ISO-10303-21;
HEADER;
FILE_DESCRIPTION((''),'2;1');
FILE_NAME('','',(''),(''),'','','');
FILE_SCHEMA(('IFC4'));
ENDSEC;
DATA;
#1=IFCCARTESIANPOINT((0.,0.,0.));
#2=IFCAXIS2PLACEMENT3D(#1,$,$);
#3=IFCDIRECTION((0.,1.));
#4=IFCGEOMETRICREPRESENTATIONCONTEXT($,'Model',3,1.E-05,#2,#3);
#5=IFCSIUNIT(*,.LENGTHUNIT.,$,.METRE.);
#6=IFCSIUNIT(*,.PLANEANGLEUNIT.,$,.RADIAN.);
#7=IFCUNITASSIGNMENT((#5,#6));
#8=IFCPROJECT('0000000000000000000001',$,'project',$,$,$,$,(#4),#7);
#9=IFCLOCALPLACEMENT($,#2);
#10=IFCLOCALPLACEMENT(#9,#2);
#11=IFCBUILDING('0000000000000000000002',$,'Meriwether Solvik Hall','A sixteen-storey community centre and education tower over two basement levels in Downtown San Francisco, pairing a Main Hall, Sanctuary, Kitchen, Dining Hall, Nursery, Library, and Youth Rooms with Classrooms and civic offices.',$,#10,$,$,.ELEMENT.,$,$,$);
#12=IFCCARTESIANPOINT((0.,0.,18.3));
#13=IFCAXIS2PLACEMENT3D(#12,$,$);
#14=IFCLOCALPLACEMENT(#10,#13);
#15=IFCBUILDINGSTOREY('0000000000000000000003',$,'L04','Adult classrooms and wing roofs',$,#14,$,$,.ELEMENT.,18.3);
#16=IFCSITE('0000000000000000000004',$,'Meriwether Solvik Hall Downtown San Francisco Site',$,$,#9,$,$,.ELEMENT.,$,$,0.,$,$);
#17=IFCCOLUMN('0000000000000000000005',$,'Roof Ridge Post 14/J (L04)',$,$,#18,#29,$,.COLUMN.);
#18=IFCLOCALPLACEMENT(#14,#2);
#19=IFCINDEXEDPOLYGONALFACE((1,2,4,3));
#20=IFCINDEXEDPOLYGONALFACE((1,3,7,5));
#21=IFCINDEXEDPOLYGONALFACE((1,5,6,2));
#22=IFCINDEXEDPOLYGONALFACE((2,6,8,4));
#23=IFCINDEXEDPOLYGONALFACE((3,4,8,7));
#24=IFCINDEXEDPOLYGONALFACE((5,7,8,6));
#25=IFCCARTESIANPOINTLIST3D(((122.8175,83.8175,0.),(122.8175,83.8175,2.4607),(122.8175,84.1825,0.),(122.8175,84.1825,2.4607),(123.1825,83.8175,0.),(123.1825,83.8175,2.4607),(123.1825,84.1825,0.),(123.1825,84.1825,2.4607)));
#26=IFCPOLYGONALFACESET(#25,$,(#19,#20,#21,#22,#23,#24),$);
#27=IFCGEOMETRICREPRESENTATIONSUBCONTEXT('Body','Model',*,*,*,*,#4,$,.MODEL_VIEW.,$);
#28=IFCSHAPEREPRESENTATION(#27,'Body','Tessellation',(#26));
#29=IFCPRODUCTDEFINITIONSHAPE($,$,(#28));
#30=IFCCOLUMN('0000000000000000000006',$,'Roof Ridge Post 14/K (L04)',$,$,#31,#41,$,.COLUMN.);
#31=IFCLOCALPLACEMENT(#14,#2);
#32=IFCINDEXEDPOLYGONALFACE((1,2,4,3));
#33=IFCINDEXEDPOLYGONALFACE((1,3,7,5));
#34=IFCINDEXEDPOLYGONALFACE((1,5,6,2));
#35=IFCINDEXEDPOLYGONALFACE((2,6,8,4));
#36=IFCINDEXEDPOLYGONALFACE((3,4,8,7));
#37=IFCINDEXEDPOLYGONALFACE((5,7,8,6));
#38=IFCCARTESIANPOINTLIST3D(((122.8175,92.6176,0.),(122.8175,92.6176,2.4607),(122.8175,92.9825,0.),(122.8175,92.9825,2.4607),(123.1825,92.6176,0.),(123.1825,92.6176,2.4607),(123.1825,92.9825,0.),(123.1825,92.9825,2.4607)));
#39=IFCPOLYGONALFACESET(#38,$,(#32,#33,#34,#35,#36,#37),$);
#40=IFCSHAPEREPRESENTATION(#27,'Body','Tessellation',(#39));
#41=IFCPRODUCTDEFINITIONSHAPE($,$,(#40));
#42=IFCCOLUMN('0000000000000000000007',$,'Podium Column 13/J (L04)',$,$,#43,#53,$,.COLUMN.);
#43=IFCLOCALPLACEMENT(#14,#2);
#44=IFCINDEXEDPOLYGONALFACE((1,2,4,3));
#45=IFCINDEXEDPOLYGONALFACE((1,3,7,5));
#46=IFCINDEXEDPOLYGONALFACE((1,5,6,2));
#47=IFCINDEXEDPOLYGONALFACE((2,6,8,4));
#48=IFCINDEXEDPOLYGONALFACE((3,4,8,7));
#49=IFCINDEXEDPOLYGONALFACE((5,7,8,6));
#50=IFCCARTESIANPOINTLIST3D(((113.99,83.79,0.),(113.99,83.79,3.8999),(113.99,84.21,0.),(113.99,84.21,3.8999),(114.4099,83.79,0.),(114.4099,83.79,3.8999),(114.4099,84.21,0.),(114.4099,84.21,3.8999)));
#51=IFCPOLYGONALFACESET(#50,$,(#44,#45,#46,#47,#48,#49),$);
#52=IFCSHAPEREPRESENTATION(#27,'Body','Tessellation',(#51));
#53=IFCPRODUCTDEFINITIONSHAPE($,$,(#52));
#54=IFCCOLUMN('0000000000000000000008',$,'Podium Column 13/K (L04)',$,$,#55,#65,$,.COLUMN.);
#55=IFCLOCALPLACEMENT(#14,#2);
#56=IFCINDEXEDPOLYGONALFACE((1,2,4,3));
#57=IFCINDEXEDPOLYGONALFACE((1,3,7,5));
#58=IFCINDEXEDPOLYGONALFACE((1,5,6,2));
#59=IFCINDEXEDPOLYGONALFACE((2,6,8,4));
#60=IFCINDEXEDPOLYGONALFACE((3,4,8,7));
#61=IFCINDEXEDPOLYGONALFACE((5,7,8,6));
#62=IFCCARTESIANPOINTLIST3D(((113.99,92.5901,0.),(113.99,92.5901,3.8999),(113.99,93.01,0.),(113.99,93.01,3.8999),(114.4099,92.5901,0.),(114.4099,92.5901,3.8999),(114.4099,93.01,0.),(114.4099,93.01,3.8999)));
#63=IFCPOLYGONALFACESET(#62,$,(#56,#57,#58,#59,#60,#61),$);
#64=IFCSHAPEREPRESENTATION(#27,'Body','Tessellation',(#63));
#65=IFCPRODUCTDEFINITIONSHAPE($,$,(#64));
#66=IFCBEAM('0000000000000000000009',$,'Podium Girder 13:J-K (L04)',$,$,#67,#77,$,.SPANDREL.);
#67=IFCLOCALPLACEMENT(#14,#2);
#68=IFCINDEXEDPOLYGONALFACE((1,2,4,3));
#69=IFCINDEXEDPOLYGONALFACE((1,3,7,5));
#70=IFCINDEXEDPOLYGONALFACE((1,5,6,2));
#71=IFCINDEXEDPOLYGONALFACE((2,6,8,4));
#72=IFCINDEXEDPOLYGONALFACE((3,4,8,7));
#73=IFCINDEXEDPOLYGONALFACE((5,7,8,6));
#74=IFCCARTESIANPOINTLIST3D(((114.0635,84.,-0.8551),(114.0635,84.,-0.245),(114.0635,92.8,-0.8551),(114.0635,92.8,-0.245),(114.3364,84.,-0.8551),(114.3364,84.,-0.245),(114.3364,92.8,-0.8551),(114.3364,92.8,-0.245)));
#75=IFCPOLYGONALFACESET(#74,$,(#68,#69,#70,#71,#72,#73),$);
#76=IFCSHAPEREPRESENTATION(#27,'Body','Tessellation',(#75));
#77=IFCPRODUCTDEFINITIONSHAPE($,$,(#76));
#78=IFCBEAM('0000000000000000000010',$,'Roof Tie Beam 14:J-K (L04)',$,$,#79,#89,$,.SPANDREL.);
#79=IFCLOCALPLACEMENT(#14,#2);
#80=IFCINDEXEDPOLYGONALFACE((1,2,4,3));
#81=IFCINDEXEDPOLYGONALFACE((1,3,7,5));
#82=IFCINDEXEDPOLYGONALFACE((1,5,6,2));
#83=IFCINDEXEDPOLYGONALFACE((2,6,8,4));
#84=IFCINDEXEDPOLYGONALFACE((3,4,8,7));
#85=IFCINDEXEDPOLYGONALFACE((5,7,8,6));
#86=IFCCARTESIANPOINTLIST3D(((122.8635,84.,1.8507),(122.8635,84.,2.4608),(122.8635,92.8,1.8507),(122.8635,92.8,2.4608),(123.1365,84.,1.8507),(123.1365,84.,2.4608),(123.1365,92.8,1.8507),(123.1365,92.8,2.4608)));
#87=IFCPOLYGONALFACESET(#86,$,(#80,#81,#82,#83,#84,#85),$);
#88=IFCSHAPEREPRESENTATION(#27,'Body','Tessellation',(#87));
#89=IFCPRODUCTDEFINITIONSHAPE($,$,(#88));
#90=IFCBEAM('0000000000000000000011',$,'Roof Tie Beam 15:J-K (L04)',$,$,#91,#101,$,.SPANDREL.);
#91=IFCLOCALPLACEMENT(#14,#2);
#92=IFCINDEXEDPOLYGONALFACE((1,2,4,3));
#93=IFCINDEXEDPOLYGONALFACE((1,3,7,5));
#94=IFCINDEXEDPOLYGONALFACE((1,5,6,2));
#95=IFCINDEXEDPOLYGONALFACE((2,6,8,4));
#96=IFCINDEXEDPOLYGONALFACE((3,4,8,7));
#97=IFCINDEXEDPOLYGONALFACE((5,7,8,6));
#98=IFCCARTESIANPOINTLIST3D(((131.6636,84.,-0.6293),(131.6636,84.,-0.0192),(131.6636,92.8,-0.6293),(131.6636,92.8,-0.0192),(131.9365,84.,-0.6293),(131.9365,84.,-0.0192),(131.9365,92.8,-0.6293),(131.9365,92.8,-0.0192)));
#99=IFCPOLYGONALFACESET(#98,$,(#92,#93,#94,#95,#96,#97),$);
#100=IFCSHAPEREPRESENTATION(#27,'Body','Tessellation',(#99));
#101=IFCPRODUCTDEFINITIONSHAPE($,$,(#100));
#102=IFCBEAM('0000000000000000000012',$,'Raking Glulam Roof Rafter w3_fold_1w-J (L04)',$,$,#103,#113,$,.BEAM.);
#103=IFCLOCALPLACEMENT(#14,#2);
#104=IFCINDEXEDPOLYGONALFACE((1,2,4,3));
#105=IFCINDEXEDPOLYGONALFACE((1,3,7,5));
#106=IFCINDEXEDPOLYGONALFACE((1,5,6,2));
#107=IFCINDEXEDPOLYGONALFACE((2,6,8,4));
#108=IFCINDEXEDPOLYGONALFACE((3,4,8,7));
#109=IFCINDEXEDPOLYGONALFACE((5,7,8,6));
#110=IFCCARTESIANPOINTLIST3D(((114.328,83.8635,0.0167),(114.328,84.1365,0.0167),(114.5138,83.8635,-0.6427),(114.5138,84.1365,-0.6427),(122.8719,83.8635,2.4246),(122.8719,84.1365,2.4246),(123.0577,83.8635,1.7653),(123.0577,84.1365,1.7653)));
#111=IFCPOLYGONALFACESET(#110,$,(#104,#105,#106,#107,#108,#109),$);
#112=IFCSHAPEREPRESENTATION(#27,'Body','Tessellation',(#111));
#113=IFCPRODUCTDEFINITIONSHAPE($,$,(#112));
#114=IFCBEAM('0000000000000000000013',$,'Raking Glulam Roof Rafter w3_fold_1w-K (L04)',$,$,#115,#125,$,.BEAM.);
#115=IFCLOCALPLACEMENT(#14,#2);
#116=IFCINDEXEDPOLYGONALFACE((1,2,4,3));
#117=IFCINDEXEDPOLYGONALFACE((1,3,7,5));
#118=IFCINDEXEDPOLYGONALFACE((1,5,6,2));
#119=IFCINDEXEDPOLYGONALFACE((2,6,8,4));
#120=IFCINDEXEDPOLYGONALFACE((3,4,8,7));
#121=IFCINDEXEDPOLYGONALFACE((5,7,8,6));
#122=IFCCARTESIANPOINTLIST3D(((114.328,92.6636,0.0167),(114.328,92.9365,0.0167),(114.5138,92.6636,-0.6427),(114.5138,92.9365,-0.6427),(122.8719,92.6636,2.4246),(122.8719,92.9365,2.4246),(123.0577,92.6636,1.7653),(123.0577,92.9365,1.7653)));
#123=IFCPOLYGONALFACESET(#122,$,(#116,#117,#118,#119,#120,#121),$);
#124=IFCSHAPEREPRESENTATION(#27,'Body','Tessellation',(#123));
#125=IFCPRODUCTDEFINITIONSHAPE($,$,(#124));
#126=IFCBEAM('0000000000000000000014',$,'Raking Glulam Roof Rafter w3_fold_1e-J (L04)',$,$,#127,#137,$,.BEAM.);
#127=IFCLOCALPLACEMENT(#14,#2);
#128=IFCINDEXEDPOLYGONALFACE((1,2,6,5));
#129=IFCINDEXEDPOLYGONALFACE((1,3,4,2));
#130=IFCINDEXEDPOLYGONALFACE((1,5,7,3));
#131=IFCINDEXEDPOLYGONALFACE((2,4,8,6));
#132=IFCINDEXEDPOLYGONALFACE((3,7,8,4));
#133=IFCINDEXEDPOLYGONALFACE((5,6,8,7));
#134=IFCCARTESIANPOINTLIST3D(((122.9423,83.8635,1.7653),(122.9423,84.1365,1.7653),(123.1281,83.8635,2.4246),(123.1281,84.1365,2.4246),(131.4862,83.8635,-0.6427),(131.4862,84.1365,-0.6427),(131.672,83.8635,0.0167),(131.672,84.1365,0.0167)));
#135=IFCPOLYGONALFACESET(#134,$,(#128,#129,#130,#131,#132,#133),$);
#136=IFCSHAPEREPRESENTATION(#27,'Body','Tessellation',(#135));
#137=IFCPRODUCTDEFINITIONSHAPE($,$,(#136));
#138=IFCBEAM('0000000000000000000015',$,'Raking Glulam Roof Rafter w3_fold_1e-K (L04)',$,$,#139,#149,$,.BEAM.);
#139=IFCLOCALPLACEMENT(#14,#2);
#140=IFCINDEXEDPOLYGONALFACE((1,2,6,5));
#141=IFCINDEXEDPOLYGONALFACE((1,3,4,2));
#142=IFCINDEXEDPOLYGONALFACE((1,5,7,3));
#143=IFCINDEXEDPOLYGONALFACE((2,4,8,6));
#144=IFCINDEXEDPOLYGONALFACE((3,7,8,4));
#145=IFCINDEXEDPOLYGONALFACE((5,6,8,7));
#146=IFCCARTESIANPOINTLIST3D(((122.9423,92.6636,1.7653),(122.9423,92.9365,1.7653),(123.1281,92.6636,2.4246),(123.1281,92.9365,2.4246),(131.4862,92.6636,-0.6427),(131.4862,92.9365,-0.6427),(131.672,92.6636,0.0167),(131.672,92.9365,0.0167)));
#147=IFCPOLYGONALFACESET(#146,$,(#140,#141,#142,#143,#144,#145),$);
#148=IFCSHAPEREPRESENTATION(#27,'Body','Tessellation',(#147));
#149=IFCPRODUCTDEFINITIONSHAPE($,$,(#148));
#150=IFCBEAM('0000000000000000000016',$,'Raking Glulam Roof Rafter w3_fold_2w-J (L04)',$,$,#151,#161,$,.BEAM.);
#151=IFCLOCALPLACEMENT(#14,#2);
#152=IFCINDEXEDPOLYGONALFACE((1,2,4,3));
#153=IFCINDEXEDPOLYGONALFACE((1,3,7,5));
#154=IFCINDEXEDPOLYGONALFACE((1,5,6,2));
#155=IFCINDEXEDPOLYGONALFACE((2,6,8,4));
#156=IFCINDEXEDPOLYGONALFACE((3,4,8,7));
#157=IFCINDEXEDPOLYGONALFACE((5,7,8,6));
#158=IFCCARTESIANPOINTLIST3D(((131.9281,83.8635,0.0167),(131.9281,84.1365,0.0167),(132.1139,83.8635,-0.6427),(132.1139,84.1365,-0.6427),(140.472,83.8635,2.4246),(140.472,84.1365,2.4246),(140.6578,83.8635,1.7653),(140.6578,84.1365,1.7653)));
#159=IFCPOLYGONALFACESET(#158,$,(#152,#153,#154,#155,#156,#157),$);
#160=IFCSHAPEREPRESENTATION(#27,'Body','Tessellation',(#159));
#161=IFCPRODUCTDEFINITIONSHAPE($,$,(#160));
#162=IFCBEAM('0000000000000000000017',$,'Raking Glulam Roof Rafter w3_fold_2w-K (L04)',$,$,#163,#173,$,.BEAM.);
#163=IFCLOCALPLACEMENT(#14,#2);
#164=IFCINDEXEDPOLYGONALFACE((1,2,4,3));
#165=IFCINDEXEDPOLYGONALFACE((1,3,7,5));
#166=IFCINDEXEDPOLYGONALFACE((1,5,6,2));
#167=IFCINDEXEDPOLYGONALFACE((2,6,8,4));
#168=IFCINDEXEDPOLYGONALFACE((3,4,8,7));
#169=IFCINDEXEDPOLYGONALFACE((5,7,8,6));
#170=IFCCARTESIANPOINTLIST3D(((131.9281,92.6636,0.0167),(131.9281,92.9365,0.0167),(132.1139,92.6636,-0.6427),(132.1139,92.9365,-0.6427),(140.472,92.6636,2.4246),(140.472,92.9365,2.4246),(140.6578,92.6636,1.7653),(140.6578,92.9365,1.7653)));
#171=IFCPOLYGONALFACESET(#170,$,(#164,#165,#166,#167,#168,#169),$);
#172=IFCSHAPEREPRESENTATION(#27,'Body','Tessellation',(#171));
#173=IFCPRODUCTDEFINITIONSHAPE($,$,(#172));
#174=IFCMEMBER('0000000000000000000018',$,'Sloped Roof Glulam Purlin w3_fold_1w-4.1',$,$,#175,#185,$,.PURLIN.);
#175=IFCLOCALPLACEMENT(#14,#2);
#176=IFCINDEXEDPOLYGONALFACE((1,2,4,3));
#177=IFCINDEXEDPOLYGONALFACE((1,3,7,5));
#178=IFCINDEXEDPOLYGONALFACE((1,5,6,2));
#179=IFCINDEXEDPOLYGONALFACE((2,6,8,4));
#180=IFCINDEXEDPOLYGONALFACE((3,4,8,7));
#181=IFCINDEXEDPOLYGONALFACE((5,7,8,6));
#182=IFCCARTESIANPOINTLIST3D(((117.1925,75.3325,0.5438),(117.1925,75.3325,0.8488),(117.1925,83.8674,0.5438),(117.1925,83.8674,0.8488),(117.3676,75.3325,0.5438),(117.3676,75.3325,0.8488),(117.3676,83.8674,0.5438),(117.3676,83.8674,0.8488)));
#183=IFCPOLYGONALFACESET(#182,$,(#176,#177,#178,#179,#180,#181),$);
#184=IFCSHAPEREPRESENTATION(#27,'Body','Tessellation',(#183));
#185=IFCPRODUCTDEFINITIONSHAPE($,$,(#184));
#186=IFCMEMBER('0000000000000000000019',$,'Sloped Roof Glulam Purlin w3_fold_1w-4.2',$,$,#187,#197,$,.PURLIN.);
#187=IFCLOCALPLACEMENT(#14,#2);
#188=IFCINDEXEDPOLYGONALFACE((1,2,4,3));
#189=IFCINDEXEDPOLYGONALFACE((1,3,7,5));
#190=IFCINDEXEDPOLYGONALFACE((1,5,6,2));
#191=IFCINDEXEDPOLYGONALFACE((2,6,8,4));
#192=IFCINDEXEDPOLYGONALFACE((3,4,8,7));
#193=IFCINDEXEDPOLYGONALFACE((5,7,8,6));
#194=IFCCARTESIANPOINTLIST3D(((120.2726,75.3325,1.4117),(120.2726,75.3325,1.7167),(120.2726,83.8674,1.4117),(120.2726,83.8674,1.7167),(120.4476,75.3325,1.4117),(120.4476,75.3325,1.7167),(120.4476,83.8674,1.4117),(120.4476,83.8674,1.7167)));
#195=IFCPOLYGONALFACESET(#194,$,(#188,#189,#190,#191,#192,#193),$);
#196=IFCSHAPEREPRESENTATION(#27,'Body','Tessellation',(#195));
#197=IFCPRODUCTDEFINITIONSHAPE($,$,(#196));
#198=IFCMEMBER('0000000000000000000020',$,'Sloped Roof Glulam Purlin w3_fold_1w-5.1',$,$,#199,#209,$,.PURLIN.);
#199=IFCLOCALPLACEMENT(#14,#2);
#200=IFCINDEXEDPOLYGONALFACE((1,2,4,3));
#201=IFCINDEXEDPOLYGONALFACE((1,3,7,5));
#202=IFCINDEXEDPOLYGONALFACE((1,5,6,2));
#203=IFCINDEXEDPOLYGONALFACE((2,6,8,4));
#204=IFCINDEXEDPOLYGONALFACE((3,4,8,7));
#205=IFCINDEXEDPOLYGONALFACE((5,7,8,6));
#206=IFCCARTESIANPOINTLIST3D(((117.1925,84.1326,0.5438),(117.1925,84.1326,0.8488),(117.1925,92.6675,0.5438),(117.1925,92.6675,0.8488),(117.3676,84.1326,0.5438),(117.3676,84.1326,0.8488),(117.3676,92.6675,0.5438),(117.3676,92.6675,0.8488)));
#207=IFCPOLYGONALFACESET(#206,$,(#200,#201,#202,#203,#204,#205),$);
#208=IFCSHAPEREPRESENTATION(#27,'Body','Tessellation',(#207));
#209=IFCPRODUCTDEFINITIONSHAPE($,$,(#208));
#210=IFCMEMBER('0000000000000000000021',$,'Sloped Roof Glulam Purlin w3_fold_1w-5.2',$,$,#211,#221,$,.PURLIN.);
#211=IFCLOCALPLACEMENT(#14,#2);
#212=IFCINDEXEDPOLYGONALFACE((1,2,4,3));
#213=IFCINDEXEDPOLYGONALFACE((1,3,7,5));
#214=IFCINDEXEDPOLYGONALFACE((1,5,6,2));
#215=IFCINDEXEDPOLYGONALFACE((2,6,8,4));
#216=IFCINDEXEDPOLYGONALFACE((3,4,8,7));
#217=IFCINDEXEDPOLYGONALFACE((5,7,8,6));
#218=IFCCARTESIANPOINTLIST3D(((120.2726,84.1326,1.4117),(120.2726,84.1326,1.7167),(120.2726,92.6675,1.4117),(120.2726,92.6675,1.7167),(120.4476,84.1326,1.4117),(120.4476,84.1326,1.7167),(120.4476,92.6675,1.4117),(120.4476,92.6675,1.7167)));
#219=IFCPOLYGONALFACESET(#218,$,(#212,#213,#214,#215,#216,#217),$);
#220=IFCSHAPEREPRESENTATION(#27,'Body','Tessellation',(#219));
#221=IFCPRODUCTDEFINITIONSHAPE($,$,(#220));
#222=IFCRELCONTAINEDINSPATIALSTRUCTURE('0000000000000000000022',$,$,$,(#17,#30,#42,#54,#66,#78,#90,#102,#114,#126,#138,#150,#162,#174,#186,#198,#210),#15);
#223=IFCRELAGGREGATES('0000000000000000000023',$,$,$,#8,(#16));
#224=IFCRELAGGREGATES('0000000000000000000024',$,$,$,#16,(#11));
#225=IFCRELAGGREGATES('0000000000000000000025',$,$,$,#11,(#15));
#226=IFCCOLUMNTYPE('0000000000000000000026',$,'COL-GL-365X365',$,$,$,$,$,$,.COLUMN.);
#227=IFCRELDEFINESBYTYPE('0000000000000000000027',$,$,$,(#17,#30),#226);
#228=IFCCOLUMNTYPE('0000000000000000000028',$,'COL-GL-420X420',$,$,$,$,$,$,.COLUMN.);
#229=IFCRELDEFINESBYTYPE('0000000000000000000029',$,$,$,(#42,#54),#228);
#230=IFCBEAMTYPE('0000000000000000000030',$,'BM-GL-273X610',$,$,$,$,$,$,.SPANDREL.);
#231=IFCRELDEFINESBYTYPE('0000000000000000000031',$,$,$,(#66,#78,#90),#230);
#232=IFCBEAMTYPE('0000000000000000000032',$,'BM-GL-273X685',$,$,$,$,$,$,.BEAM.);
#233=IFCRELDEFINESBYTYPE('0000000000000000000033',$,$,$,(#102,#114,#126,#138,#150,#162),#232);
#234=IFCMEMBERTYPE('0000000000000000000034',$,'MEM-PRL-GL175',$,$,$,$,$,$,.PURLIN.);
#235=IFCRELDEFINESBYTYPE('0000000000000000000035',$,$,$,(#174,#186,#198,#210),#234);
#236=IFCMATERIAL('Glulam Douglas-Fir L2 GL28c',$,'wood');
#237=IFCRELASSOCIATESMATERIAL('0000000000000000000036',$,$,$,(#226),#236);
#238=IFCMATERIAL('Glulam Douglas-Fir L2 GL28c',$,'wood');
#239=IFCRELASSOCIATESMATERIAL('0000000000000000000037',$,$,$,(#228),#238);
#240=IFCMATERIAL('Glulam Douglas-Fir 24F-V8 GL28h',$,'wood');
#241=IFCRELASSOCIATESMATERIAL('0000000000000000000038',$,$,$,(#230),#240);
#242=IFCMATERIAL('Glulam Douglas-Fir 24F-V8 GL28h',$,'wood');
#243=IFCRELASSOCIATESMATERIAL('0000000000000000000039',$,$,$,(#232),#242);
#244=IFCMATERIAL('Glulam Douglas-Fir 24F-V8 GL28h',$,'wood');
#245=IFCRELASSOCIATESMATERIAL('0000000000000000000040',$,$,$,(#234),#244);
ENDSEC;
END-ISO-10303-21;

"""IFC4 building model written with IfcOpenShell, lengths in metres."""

from ifc_helpers import new_model, si_unit, direction, frame, origin, origin_2d, place, context, subcontext, project, spatial, rectangle, extrude, material, material_profile, profile_set, type_object, element, save


model = new_model("IFC4")

# Units and contexts
model_context = context("Model", 3, precision=1e-05, world=origin(), true_north=direction((0.0, 1.0)))
body_context = subcontext(model_context, "Body", "Model", "MODEL_VIEW")
ifc_project = project(units=[si_unit("LENGTHUNIT", "METRE"), si_unit("PLANEANGLEUNIT", "RADIAN")], contexts=[model_context])

# Site, building, storey
site_placement = place(None, origin())
site = spatial("IfcSite", under=ifc_project, at=site_placement, Name="Meriwether Solvik Hall Downtown San Francisco Site", CompositionType="ELEMENT", RefElevation=0.0)
building_placement = place(site_placement, origin())
building = spatial("IfcBuilding", under=site, at=building_placement, Name="Meriwether Solvik Hall", Description="A sixteen-storey community centre and education tower over two basement levels in Downtown San Francisco, pairing a Main Hall, Sanctuary, Kitchen, Dining Hall, Nursery, Library, and Youth Rooms with Classrooms and civic offices.", CompositionType="ELEMENT")
storey_placement = place(building_placement, frame((0.0, 0.0, 18.3)))
storey = spatial("IfcBuildingStorey", under=building, at=storey_placement, Name="L04", Description="Adult classrooms and wing roofs", CompositionType="ELEMENT", Elevation=18.3)

# Columns
ifc_material_1 = material(Name="Glulam Douglas-Fir L2 GL28c", Category="wood")
ifc_material_profile_1 = material_profile(ifc_material_1, rectangle(XDim=0.365, YDim=0.365, at=origin_2d()), Name="GLC-365X365")
ifc_profile_set_1 = profile_set([ifc_material_profile_1], Name="Glulam Douglas-Fir L2 GL28c")
column_type_1 = type_object("IfcColumnType", Name="COL-GL-365X365", PredefinedType="COLUMN", material=ifc_profile_set_1)
for number, where, z_axis, x_axis, name in (
    (1, (123.0, 84.0, 0.0), (0.0, 0.0, 1.0), (1.0, 0.0, 0.0), "Roof Ridge Post 14/J (L04)"),
    (2, (123.0, 92.8, 0.0), (0.0, 0.0, 1.0), (1.0, 0.0, 0.0), "Roof Ridge Post 14/K (L04)"),
):
    element("IfcColumn", number, at=place(storey_placement, frame(where, z_axis=z_axis, x_axis=x_axis)), inside=storey, type_object=column_type_1, Name=name, PredefinedType="COLUMN", context=body_context, shape_type="SweptSolid", body=[
        extrude(rectangle(XDim=0.365, YDim=0.365, at=origin_2d()), origin(), (0.0, 0.0, 1.0), 2.4607),
    ])
ifc_material_2 = material(Name="Glulam Douglas-Fir L2 GL28c", Category="wood")
ifc_material_profile_2 = material_profile(ifc_material_2, rectangle(XDim=0.4199, YDim=0.4199, at=origin_2d()), Name="GLC-420X420")
ifc_profile_set_2 = profile_set([ifc_material_profile_2], Name="Glulam Douglas-Fir L2 GL28c")
column_type_2 = type_object("IfcColumnType", Name="COL-GL-420X420", PredefinedType="COLUMN", material=ifc_profile_set_2)
for number, where, z_axis, x_axis, name in (
    (3, (114.2, 84.0, 0.0), (0.0, 0.0, 1.0), (1.0, 0.0, 0.0), "Podium Column 13/J (L04)"),
    (4, (114.2, 92.8, 0.0), (0.0, 0.0, 1.0), (1.0, 0.0, 0.0), "Podium Column 13/K (L04)"),
):
    element("IfcColumn", number, at=place(storey_placement, frame(where, z_axis=z_axis, x_axis=x_axis)), inside=storey, type_object=column_type_2, Name=name, PredefinedType="COLUMN", context=body_context, shape_type="SweptSolid", body=[
        extrude(rectangle(XDim=0.4199, YDim=0.4199, at=origin_2d()), origin(), (0.0, 0.0, 1.0), 3.8999),
    ])

# Beams
ifc_material_3 = material(Name="Glulam Douglas-Fir 24F-V8 GL28h", Category="wood")
ifc_material_profile_3 = material_profile(ifc_material_3, rectangle(XDim=0.2729, YDim=0.6101, at=origin_2d()), Name="GLB-273X610")
ifc_profile_set_3 = profile_set([ifc_material_profile_3], Name="Glulam Douglas-Fir 24F-V8 GL28h")
beam_type_1 = type_object("IfcBeamType", Name="BM-GL-273X610", PredefinedType="SPANDREL", material=ifc_profile_set_3)
for number, where, z_axis, x_axis, name in (
    (5, (114.2, 84.0, -0.55), (0.0, 1.0, 0.0), (-1.0, 0.0, 0.0), "Podium Girder 13:J-K (L04)"),
    (6, (123.0, 84.0, 2.1558), (0.0, 1.0, 0.0), (-1.0, 0.0, 0.0), "Roof Tie Beam 14:J-K (L04)"),
    (7, (131.8, 84.0, -0.3242), (0.0, 1.0, 0.0), (-1.0, 0.0, 0.0), "Roof Tie Beam 15:J-K (L04)"),
):
    element("IfcBeam", number, at=place(storey_placement, frame(where, z_axis=z_axis, x_axis=x_axis)), inside=storey, type_object=beam_type_1, Name=name, PredefinedType="SPANDREL", context=body_context, shape_type="SweptSolid", body=[
        extrude(rectangle(XDim=0.2729, YDim=0.6101, at=origin_2d()), origin(), (0.0, 0.0, 1.0), 8.8),
    ])
ifc_material_4 = material(Name="Glulam Douglas-Fir 24F-V8 GL28h", Category="wood")
ifc_material_profile_4 = material_profile(ifc_material_4, rectangle(XDim=0.2729, YDim=0.6851, at=origin_2d()), Name="GLB-273X685")
ifc_profile_set_4 = profile_set([ifc_material_profile_4], Name="Glulam Douglas-Fir 24F-V8 GL28h")
beam_type_2 = type_object("IfcBeamType", Name="BM-GL-273X685", PredefinedType="BEAM", material=ifc_profile_set_4)
for number, where, z_axis, x_axis, name in (
    (8, (114.4209, 84.0, -0.313), (0.962505, 0.0, 0.271265), (0.0, 1.0, 0.0), "Raking Glulam Roof Rafter w3_fold_1w-J (L04)"),
    (9, (114.4209, 92.8, -0.313), (0.962505, 0.0, 0.271265), (0.0, 1.0, 0.0), "Raking Glulam Roof Rafter w3_fold_1w-K (L04)"),
    (10, (131.5791, 84.0, -0.313), (-0.962505, 0.0, 0.271265), (0.0, -1.0, 0.0), "Raking Glulam Roof Rafter w3_fold_1e-J (L04)"),
    (11, (131.5791, 92.8, -0.313), (-0.962505, 0.0, 0.271265), (0.0, -1.0, 0.0), "Raking Glulam Roof Rafter w3_fold_1e-K (L04)"),
    (12, (132.021, 84.0, -0.313), (0.962505, 0.0, 0.271265), (0.0, 1.0, 0.0), "Raking Glulam Roof Rafter w3_fold_2w-J (L04)"),
    (13, (132.021, 92.8, -0.313), (0.962505, 0.0, 0.271265), (0.0, 1.0, 0.0), "Raking Glulam Roof Rafter w3_fold_2w-K (L04)"),
):
    element("IfcBeam", number, at=place(storey_placement, frame(where, z_axis=z_axis, x_axis=x_axis)), inside=storey, type_object=beam_type_2, Name=name, PredefinedType="BEAM", context=body_context, shape_type="SweptSolid", body=[
        extrude(rectangle(XDim=0.2729, YDim=0.6851, at=origin_2d()), origin(), (0.0, 0.0, 1.0), 8.8767),
    ])

# Members
ifc_material_5 = material(Name="Glulam Douglas-Fir 24F-V8 GL28h", Category="wood")
ifc_material_profile_5 = material_profile(ifc_material_5, rectangle(XDim=0.175, YDim=0.3049, at=origin_2d()), Name="GLM-175X305")
ifc_profile_set_5 = profile_set([ifc_material_profile_5], Name="Glulam Douglas-Fir 24F-V8 GL28h")
member_type = type_object("IfcMemberType", Name="MEM-PRL-GL175", PredefinedType="PURLIN", material=ifc_profile_set_5)
for number, where, z_axis, x_axis, name in (
    (14, (117.28, 75.3325, 0.6963), (0.0, 1.0, 0.0), (-1.0, 0.0, 0.0), "Sloped Roof Glulam Purlin w3_fold_1w-4.1"),
    (15, (120.3601, 75.3325, 1.5642), (0.0, 1.0, 0.0), (-1.0, 0.0, 0.0), "Sloped Roof Glulam Purlin w3_fold_1w-4.2"),
    (16, (117.28, 84.1326, 0.6963), (0.0, 1.0, 0.0), (-1.0, 0.0, 0.0), "Sloped Roof Glulam Purlin w3_fold_1w-5.1"),
    (17, (120.3601, 84.1326, 1.5642), (0.0, 1.0, 0.0), (-1.0, 0.0, 0.0), "Sloped Roof Glulam Purlin w3_fold_1w-5.2"),
):
    element("IfcMember", number, at=place(storey_placement, frame(where, z_axis=z_axis, x_axis=x_axis)), inside=storey, type_object=member_type, Name=name, PredefinedType="PURLIN", context=body_context, shape_type="SweptSolid", body=[
        extrude(rectangle(XDim=0.175, YDim=0.3049, at=origin_2d()), origin(), (0.0, 0.0, 1.0), 8.5349),
    ])

save(model, "model.ifc")
